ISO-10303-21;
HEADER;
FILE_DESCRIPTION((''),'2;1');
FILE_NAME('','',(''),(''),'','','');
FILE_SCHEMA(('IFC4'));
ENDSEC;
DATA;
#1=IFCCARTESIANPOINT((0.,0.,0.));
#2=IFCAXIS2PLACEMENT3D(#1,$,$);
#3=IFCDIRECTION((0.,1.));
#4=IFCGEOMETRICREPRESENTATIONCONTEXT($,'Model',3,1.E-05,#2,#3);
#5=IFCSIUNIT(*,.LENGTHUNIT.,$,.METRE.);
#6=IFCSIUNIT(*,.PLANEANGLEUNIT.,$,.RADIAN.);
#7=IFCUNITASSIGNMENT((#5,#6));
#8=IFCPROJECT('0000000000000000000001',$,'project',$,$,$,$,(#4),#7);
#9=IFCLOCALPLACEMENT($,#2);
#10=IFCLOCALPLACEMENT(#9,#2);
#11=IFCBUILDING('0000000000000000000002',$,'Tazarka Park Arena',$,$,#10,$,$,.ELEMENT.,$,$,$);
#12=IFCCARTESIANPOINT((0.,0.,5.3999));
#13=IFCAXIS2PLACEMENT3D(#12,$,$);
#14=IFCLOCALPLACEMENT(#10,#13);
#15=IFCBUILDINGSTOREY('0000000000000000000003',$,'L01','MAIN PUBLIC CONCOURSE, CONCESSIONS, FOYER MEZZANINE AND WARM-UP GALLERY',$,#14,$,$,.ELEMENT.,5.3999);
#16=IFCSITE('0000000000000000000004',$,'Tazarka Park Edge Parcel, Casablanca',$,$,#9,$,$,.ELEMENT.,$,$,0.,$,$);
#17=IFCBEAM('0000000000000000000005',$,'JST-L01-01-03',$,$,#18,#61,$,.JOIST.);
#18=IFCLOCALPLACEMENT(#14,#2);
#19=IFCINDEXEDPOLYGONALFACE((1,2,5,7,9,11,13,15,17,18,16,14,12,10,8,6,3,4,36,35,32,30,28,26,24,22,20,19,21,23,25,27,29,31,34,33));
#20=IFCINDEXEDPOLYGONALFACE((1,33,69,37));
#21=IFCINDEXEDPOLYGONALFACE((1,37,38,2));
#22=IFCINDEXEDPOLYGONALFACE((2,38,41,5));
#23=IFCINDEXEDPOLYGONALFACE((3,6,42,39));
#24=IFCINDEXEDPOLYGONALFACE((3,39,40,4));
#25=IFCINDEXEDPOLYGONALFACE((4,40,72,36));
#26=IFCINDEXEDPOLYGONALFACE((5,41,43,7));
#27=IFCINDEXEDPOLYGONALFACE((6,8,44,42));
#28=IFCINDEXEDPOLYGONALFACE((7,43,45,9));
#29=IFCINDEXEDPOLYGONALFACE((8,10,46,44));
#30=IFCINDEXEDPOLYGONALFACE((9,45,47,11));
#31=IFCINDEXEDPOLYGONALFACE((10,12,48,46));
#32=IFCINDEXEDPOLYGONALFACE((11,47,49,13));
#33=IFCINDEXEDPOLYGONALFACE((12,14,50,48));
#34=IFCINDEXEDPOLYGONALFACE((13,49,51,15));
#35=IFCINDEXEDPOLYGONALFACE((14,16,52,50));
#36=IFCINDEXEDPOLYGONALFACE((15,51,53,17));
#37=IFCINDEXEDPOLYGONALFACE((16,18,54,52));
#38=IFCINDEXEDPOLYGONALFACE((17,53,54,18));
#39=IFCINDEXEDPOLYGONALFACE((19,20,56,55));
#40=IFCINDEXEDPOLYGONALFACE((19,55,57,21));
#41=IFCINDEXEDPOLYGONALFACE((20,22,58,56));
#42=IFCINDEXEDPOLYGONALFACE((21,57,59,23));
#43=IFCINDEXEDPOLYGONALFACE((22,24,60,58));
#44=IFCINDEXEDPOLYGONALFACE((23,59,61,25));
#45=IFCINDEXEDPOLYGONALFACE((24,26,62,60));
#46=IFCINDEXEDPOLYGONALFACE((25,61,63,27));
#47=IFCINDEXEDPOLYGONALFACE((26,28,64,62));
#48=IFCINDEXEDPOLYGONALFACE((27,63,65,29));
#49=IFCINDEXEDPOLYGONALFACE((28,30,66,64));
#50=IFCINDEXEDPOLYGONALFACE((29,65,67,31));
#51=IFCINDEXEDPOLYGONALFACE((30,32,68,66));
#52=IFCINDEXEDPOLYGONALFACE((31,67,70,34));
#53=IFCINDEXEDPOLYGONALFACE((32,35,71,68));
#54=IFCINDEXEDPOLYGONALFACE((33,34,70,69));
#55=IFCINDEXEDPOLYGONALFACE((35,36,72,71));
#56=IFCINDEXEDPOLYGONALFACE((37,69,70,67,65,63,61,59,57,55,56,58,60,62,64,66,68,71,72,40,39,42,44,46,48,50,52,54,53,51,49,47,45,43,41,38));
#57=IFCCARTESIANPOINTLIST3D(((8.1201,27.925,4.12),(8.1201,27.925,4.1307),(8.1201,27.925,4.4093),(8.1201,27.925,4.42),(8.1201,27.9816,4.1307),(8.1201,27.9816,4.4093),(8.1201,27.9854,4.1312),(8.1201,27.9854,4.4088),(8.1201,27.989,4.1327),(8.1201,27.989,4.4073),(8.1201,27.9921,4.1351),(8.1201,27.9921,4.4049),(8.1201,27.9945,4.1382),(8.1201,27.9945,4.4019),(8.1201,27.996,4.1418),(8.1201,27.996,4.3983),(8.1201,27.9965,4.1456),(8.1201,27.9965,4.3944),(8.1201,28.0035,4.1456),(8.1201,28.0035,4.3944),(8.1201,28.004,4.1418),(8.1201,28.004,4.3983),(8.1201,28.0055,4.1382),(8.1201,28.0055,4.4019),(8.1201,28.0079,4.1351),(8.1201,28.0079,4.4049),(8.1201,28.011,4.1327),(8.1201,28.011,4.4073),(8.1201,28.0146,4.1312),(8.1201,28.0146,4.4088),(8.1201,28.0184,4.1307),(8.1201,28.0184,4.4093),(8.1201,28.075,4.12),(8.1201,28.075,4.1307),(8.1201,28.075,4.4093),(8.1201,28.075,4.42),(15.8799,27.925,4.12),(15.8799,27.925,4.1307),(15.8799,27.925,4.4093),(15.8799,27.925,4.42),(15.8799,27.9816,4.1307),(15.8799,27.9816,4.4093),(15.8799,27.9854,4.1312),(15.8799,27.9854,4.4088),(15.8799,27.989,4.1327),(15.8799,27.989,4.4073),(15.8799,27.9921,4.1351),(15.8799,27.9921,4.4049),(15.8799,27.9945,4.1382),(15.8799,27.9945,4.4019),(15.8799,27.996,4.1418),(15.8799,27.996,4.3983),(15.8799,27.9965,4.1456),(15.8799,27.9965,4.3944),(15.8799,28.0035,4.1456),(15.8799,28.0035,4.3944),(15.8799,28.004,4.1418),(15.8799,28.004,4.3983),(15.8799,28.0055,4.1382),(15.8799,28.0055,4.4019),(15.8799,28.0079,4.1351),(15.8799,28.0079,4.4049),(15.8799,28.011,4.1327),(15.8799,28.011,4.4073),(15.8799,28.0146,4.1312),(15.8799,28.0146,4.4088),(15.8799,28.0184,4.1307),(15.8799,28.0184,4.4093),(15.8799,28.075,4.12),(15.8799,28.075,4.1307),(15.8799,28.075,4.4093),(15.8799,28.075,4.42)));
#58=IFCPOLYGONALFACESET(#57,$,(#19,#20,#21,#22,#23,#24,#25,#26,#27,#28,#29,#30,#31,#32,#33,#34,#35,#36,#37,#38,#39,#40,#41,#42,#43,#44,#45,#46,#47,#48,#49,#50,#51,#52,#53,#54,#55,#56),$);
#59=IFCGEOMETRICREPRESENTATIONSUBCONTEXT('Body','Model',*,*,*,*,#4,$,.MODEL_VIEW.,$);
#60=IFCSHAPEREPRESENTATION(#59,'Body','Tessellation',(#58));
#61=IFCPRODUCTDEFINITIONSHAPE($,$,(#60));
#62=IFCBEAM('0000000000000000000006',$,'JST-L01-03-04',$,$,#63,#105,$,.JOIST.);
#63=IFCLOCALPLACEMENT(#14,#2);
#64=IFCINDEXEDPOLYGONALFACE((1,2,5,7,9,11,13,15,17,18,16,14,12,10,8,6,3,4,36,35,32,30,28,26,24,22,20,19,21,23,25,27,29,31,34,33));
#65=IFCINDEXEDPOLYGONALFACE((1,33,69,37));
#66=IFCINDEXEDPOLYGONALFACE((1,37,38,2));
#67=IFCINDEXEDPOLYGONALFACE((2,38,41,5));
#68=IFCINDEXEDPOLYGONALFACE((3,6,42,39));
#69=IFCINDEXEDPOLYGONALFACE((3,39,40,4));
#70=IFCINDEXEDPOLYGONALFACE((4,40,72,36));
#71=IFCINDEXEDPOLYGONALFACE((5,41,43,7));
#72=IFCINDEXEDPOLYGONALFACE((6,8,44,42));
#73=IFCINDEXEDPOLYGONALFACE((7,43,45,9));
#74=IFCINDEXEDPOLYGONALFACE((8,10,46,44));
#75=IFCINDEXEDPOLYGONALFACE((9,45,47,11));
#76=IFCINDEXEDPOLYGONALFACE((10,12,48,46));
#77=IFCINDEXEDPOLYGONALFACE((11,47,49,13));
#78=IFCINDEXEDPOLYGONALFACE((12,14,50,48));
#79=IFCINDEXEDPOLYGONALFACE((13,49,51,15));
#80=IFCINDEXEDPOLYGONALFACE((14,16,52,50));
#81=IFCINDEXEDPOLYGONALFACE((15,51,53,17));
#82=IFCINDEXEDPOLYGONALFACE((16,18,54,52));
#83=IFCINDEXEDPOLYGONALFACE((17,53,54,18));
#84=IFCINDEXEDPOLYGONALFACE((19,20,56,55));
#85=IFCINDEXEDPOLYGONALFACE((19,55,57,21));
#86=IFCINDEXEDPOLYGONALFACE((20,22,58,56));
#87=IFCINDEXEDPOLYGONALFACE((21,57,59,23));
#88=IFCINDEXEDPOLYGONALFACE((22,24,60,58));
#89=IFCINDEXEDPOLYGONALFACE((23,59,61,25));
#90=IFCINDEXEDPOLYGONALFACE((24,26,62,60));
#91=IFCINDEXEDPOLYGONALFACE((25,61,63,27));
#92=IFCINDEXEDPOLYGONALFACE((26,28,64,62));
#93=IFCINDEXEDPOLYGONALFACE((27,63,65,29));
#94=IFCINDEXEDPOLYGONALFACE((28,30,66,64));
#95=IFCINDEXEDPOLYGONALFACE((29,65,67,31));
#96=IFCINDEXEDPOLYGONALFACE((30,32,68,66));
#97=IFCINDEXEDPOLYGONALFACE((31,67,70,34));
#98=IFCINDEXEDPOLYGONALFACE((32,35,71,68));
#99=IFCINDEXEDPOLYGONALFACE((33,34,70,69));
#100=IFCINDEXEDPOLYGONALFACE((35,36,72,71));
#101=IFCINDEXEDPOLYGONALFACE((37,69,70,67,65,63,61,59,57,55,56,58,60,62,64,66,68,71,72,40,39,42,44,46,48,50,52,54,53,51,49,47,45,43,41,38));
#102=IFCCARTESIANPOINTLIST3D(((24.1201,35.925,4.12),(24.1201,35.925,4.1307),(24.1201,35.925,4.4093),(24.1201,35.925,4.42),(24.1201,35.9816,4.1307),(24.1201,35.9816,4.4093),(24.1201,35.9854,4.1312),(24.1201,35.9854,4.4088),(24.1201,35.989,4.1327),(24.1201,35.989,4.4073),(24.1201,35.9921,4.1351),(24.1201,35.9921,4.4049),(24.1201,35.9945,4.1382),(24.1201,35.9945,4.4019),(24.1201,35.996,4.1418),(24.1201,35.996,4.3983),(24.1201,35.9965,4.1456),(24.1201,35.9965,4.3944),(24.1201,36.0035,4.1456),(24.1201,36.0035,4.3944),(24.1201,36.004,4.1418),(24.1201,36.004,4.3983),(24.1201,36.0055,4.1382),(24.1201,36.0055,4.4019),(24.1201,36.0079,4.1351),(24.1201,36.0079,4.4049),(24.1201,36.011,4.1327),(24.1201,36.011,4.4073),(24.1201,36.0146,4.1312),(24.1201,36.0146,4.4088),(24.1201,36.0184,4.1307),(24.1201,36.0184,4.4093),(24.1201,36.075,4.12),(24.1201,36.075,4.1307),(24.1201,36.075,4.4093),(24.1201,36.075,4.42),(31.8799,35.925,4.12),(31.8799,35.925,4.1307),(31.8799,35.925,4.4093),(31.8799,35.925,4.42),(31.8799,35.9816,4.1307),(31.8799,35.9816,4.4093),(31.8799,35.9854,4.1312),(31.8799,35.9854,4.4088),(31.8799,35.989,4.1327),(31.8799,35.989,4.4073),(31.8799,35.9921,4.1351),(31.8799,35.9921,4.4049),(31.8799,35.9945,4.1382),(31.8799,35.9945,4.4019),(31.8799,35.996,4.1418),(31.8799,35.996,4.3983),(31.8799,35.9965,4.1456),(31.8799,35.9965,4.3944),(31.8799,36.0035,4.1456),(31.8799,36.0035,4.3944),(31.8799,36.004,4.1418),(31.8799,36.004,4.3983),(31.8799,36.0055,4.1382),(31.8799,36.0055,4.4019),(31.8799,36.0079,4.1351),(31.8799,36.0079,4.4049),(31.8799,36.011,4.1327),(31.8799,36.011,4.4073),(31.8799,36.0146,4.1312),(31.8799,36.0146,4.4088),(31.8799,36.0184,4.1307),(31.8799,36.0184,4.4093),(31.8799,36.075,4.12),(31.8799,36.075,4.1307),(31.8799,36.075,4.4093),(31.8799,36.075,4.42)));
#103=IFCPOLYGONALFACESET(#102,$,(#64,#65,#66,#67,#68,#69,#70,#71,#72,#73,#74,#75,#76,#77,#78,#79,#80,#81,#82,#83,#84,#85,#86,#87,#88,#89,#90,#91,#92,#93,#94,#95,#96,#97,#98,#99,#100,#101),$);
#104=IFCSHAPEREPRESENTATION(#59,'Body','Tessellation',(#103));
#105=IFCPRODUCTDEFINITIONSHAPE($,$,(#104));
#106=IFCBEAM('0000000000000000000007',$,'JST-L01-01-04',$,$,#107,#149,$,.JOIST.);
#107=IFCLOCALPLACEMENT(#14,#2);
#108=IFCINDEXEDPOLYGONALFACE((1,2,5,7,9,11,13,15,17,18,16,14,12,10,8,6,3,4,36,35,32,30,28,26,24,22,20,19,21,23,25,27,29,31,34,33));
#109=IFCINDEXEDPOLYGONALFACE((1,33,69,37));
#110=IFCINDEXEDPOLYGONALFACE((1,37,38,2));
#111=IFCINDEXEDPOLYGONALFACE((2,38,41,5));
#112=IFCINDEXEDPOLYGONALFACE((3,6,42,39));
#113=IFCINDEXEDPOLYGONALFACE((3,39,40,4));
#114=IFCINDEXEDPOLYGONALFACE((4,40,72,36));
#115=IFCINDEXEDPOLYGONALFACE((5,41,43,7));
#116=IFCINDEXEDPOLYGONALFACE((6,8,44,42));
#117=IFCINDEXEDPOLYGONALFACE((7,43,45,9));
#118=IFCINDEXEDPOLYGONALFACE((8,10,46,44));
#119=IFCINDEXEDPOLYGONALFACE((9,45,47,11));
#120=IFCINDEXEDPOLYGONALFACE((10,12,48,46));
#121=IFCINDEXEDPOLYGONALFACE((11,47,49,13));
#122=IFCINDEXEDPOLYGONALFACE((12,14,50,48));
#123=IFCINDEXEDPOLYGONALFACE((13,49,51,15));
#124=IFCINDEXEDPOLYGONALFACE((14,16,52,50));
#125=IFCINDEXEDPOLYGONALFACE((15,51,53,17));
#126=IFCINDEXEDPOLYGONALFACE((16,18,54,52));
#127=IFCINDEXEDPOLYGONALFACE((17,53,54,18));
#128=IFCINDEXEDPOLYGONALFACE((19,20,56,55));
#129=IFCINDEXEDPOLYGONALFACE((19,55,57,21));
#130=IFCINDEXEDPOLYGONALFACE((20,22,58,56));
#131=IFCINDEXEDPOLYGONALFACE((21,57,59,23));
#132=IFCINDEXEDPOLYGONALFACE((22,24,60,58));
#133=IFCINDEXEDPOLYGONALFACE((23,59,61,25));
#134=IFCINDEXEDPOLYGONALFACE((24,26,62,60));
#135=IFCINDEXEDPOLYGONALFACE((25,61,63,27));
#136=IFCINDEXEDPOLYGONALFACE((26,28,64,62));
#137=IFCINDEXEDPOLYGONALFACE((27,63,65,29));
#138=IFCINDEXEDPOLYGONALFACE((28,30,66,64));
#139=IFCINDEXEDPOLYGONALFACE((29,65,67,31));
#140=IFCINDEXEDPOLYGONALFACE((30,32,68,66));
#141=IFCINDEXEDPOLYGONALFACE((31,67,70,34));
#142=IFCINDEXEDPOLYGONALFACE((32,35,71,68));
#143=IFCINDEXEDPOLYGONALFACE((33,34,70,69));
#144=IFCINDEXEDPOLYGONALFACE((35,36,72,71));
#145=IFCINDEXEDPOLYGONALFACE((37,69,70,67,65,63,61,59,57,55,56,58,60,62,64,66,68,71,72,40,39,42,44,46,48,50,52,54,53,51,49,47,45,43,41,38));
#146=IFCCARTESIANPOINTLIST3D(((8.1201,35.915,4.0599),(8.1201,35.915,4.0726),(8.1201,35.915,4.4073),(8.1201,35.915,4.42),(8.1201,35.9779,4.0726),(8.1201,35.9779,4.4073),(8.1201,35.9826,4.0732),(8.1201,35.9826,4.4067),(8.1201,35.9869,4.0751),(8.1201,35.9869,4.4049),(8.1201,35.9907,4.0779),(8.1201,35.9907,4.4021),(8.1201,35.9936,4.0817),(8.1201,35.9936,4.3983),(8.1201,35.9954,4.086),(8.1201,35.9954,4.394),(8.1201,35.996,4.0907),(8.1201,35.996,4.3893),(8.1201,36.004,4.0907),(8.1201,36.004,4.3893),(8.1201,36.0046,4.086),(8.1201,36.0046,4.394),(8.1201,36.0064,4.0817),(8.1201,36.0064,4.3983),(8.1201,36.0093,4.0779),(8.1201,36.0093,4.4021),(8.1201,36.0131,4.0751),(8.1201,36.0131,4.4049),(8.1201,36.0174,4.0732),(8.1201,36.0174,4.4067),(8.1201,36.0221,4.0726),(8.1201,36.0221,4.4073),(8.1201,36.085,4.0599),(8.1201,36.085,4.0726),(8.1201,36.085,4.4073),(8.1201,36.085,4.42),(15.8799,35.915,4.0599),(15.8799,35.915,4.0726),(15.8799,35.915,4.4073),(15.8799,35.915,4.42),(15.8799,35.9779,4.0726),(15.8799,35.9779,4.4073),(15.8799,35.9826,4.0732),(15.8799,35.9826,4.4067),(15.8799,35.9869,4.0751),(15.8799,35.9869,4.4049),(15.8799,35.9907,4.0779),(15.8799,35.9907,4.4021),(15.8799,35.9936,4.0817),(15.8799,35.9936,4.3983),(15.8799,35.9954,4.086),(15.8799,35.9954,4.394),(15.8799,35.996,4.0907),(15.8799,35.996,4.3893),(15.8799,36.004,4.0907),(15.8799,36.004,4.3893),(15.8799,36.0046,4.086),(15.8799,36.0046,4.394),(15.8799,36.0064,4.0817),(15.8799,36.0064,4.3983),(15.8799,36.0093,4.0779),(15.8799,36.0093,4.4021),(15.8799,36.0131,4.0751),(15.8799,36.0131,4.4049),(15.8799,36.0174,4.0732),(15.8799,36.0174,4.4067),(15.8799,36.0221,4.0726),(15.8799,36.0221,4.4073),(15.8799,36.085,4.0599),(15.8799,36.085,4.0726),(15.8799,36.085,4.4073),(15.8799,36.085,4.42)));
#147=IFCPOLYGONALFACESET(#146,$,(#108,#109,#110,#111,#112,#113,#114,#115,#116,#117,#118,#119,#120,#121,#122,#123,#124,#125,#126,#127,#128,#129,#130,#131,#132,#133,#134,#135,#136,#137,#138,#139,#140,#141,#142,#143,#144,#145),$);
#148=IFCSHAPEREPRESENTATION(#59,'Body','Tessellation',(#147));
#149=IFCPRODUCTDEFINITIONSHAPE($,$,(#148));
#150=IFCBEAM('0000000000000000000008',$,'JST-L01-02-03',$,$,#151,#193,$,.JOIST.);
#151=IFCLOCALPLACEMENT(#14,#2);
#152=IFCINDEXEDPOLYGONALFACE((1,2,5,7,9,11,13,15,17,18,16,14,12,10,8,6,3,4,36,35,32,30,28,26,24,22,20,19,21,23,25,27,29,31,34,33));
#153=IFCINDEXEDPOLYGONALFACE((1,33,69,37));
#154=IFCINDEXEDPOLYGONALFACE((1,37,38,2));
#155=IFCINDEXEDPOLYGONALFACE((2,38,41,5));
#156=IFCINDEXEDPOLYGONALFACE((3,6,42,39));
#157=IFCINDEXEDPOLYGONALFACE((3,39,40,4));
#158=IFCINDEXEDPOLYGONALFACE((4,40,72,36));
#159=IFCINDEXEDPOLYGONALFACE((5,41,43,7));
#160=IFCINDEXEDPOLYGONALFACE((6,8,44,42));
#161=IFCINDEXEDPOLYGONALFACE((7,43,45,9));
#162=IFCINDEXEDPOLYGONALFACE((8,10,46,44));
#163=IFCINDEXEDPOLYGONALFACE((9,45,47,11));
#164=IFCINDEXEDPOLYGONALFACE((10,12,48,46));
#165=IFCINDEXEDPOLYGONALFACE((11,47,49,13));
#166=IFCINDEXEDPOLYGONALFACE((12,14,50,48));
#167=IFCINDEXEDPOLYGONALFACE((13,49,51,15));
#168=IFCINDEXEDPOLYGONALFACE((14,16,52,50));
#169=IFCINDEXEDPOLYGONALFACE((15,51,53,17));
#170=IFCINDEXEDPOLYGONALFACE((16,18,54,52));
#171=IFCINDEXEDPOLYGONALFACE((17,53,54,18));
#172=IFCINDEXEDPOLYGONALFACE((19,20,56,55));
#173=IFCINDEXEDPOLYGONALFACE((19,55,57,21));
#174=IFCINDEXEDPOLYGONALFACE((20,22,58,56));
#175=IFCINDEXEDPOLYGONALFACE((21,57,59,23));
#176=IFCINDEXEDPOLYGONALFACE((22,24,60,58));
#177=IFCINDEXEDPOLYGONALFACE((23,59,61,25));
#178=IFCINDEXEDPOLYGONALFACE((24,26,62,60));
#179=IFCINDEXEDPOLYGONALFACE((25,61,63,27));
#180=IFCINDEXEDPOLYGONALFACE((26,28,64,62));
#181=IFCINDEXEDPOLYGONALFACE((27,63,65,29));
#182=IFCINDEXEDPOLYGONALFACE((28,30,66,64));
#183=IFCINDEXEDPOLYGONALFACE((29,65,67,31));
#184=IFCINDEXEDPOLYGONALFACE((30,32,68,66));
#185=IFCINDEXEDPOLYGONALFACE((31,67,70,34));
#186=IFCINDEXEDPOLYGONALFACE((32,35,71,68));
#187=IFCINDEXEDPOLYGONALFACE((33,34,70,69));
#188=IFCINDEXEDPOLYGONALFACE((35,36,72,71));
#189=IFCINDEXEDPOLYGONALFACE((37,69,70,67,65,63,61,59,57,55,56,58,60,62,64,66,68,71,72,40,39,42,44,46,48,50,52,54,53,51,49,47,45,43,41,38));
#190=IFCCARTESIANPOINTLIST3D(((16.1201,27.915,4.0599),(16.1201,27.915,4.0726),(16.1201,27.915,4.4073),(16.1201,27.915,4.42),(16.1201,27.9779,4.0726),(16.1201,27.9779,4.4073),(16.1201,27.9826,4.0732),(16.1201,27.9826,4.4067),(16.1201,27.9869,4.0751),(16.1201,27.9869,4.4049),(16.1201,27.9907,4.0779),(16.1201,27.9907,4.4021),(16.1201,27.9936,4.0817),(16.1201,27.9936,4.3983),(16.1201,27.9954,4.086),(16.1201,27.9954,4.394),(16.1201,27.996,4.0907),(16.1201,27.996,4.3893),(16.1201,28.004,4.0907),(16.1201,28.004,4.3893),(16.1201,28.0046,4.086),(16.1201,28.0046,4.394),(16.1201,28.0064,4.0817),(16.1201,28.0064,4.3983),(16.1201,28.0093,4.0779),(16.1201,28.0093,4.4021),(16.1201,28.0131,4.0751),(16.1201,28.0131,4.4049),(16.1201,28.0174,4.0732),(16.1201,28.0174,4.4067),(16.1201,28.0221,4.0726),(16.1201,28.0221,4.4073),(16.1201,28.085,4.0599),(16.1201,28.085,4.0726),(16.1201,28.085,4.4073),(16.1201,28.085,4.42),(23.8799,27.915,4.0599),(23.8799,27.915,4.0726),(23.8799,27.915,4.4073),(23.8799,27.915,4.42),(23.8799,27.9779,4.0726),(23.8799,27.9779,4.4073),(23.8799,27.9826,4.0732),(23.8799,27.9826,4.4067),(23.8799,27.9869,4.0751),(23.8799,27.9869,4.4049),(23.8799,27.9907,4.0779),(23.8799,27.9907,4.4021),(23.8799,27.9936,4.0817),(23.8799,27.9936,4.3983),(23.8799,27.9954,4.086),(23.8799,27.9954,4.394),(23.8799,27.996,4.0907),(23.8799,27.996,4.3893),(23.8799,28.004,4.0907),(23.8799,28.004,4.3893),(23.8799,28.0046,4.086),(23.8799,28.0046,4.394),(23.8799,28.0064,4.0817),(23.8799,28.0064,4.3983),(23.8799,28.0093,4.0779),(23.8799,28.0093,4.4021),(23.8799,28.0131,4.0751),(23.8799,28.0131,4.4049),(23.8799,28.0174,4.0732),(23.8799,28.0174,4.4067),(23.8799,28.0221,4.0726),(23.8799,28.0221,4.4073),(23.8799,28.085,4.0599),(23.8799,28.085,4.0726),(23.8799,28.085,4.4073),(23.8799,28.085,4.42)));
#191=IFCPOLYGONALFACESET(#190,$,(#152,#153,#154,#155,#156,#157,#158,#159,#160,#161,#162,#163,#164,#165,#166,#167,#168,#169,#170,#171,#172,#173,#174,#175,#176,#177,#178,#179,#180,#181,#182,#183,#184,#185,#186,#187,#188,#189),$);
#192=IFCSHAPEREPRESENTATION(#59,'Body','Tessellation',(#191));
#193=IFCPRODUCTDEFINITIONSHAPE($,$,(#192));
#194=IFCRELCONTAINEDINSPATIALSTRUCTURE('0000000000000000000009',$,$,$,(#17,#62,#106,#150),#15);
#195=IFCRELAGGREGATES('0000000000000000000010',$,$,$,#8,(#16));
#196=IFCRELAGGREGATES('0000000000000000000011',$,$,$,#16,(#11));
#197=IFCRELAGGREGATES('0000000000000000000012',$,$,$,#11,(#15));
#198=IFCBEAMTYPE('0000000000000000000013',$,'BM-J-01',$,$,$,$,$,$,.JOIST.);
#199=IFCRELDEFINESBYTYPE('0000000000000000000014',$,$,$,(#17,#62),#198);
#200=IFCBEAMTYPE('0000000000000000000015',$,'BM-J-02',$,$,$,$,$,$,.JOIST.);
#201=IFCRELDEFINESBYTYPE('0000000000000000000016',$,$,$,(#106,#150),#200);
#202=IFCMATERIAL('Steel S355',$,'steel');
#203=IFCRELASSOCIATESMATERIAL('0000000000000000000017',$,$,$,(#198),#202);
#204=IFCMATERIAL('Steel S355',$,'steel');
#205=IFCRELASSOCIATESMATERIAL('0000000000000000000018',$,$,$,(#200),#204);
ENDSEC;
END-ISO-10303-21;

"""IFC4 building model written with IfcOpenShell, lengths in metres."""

from ifc_helpers import new_model, si_unit, direction, frame, origin, origin_2d, place, context, subcontext, project, spatial, i_section, extrude, material, material_profile, profile_set, type_object, element, save


model = new_model("IFC4")

# Units and contexts
model_context = context("Model", 3, precision=1e-05, world=origin(), true_north=direction((0.0, 1.0)))
body_context = subcontext(model_context, "Body", "Model", "MODEL_VIEW")
ifc_project = project(units=[si_unit("LENGTHUNIT", "METRE"), si_unit("PLANEANGLEUNIT", "RADIAN")], contexts=[model_context])

# Site, building, storey
site_placement = place(None, origin())
site = spatial("IfcSite", under=ifc_project, at=site_placement, Name="Tazarka Park Edge Parcel, Casablanca", CompositionType="ELEMENT", RefElevation=0.0)
building_placement = place(site_placement, origin())
building = spatial("IfcBuilding", under=site, at=building_placement, Name="Tazarka Park Arena", CompositionType="ELEMENT")
storey_placement = place(building_placement, frame((0.0, 0.0, 5.3999)))
storey = spatial("IfcBuildingStorey", under=building, at=storey_placement, Name="L01", Description="MAIN PUBLIC CONCOURSE, CONCESSIONS, FOYER MEZZANINE AND WARM-UP GALLERY", CompositionType="ELEMENT", Elevation=5.3999)

# Beams
ifc_material_1 = material(Name="Steel S355", Category="steel")
ifc_material_profile_1 = material_profile(ifc_material_1, i_section(OverallWidth=0.1499, OverallDepth=0.3, WebThickness=0.0071, FlangeThickness=0.0107, FilletRadius=0.0149, at=origin_2d()), Name="Steel S355")
ifc_profile_set_1 = profile_set([ifc_material_profile_1], Name="Steel S355")
beam_type_1 = type_object("IfcBeamType", Name="BM-J-01", PredefinedType="JOIST", material=ifc_profile_set_1)
for number, where, z_axis, x_axis, name in (
    (1, (8.1201, 28.0, 4.27), (1.0, 0.0, 0.0), (0.0, 1.0, 0.0), "JST-L01-01-03"),
    (2, (24.1201, 36.0, 4.27), (1.0, 0.0, 0.0), (0.0, 1.0, 0.0), "JST-L01-03-04"),
):
    element("IfcBeam", number, at=place(storey_placement, frame(where, z_axis=z_axis, x_axis=x_axis)), inside=storey, type_object=beam_type_1, Name=name, PredefinedType="JOIST", context=body_context, shape_type="SweptSolid", body=[
        extrude(i_section(OverallWidth=0.1499, OverallDepth=0.3, WebThickness=0.0071, FlangeThickness=0.0107, FilletRadius=0.0149, at=origin_2d()), origin(), (0.0, 0.0, 1.0), 7.7598),
    ])
ifc_material_2 = material(Name="Steel S355", Category="steel")
ifc_material_profile_2 = material_profile(ifc_material_2, i_section(OverallWidth=0.1699, OverallDepth=0.3601, WebThickness=0.0081, FlangeThickness=0.0127, FilletRadius=0.0181, at=origin_2d()), Name="Steel S355")
ifc_profile_set_2 = profile_set([ifc_material_profile_2], Name="Steel S355")
beam_type_2 = type_object("IfcBeamType", Name="BM-J-02", PredefinedType="JOIST", material=ifc_profile_set_2)
for number, where, z_axis, x_axis, name in (
    (3, (8.1201, 36.0, 4.24), (1.0, 0.0, 0.0), (0.0, 1.0, 0.0), "JST-L01-01-04"),
    (4, (16.1201, 28.0, 4.24), (1.0, 0.0, 0.0), (0.0, 1.0, 0.0), "JST-L01-02-03"),
):
    element("IfcBeam", number, at=place(storey_placement, frame(where, z_axis=z_axis, x_axis=x_axis)), inside=storey, type_object=beam_type_2, Name=name, PredefinedType="JOIST", context=body_context, shape_type="SweptSolid", body=[
        extrude(i_section(OverallWidth=0.1699, OverallDepth=0.3601, WebThickness=0.0081, FlangeThickness=0.0127, FilletRadius=0.0181, at=origin_2d()), origin(), (0.0, 0.0, 1.0), 7.7598),
    ])

save(model, "model.ifc")
